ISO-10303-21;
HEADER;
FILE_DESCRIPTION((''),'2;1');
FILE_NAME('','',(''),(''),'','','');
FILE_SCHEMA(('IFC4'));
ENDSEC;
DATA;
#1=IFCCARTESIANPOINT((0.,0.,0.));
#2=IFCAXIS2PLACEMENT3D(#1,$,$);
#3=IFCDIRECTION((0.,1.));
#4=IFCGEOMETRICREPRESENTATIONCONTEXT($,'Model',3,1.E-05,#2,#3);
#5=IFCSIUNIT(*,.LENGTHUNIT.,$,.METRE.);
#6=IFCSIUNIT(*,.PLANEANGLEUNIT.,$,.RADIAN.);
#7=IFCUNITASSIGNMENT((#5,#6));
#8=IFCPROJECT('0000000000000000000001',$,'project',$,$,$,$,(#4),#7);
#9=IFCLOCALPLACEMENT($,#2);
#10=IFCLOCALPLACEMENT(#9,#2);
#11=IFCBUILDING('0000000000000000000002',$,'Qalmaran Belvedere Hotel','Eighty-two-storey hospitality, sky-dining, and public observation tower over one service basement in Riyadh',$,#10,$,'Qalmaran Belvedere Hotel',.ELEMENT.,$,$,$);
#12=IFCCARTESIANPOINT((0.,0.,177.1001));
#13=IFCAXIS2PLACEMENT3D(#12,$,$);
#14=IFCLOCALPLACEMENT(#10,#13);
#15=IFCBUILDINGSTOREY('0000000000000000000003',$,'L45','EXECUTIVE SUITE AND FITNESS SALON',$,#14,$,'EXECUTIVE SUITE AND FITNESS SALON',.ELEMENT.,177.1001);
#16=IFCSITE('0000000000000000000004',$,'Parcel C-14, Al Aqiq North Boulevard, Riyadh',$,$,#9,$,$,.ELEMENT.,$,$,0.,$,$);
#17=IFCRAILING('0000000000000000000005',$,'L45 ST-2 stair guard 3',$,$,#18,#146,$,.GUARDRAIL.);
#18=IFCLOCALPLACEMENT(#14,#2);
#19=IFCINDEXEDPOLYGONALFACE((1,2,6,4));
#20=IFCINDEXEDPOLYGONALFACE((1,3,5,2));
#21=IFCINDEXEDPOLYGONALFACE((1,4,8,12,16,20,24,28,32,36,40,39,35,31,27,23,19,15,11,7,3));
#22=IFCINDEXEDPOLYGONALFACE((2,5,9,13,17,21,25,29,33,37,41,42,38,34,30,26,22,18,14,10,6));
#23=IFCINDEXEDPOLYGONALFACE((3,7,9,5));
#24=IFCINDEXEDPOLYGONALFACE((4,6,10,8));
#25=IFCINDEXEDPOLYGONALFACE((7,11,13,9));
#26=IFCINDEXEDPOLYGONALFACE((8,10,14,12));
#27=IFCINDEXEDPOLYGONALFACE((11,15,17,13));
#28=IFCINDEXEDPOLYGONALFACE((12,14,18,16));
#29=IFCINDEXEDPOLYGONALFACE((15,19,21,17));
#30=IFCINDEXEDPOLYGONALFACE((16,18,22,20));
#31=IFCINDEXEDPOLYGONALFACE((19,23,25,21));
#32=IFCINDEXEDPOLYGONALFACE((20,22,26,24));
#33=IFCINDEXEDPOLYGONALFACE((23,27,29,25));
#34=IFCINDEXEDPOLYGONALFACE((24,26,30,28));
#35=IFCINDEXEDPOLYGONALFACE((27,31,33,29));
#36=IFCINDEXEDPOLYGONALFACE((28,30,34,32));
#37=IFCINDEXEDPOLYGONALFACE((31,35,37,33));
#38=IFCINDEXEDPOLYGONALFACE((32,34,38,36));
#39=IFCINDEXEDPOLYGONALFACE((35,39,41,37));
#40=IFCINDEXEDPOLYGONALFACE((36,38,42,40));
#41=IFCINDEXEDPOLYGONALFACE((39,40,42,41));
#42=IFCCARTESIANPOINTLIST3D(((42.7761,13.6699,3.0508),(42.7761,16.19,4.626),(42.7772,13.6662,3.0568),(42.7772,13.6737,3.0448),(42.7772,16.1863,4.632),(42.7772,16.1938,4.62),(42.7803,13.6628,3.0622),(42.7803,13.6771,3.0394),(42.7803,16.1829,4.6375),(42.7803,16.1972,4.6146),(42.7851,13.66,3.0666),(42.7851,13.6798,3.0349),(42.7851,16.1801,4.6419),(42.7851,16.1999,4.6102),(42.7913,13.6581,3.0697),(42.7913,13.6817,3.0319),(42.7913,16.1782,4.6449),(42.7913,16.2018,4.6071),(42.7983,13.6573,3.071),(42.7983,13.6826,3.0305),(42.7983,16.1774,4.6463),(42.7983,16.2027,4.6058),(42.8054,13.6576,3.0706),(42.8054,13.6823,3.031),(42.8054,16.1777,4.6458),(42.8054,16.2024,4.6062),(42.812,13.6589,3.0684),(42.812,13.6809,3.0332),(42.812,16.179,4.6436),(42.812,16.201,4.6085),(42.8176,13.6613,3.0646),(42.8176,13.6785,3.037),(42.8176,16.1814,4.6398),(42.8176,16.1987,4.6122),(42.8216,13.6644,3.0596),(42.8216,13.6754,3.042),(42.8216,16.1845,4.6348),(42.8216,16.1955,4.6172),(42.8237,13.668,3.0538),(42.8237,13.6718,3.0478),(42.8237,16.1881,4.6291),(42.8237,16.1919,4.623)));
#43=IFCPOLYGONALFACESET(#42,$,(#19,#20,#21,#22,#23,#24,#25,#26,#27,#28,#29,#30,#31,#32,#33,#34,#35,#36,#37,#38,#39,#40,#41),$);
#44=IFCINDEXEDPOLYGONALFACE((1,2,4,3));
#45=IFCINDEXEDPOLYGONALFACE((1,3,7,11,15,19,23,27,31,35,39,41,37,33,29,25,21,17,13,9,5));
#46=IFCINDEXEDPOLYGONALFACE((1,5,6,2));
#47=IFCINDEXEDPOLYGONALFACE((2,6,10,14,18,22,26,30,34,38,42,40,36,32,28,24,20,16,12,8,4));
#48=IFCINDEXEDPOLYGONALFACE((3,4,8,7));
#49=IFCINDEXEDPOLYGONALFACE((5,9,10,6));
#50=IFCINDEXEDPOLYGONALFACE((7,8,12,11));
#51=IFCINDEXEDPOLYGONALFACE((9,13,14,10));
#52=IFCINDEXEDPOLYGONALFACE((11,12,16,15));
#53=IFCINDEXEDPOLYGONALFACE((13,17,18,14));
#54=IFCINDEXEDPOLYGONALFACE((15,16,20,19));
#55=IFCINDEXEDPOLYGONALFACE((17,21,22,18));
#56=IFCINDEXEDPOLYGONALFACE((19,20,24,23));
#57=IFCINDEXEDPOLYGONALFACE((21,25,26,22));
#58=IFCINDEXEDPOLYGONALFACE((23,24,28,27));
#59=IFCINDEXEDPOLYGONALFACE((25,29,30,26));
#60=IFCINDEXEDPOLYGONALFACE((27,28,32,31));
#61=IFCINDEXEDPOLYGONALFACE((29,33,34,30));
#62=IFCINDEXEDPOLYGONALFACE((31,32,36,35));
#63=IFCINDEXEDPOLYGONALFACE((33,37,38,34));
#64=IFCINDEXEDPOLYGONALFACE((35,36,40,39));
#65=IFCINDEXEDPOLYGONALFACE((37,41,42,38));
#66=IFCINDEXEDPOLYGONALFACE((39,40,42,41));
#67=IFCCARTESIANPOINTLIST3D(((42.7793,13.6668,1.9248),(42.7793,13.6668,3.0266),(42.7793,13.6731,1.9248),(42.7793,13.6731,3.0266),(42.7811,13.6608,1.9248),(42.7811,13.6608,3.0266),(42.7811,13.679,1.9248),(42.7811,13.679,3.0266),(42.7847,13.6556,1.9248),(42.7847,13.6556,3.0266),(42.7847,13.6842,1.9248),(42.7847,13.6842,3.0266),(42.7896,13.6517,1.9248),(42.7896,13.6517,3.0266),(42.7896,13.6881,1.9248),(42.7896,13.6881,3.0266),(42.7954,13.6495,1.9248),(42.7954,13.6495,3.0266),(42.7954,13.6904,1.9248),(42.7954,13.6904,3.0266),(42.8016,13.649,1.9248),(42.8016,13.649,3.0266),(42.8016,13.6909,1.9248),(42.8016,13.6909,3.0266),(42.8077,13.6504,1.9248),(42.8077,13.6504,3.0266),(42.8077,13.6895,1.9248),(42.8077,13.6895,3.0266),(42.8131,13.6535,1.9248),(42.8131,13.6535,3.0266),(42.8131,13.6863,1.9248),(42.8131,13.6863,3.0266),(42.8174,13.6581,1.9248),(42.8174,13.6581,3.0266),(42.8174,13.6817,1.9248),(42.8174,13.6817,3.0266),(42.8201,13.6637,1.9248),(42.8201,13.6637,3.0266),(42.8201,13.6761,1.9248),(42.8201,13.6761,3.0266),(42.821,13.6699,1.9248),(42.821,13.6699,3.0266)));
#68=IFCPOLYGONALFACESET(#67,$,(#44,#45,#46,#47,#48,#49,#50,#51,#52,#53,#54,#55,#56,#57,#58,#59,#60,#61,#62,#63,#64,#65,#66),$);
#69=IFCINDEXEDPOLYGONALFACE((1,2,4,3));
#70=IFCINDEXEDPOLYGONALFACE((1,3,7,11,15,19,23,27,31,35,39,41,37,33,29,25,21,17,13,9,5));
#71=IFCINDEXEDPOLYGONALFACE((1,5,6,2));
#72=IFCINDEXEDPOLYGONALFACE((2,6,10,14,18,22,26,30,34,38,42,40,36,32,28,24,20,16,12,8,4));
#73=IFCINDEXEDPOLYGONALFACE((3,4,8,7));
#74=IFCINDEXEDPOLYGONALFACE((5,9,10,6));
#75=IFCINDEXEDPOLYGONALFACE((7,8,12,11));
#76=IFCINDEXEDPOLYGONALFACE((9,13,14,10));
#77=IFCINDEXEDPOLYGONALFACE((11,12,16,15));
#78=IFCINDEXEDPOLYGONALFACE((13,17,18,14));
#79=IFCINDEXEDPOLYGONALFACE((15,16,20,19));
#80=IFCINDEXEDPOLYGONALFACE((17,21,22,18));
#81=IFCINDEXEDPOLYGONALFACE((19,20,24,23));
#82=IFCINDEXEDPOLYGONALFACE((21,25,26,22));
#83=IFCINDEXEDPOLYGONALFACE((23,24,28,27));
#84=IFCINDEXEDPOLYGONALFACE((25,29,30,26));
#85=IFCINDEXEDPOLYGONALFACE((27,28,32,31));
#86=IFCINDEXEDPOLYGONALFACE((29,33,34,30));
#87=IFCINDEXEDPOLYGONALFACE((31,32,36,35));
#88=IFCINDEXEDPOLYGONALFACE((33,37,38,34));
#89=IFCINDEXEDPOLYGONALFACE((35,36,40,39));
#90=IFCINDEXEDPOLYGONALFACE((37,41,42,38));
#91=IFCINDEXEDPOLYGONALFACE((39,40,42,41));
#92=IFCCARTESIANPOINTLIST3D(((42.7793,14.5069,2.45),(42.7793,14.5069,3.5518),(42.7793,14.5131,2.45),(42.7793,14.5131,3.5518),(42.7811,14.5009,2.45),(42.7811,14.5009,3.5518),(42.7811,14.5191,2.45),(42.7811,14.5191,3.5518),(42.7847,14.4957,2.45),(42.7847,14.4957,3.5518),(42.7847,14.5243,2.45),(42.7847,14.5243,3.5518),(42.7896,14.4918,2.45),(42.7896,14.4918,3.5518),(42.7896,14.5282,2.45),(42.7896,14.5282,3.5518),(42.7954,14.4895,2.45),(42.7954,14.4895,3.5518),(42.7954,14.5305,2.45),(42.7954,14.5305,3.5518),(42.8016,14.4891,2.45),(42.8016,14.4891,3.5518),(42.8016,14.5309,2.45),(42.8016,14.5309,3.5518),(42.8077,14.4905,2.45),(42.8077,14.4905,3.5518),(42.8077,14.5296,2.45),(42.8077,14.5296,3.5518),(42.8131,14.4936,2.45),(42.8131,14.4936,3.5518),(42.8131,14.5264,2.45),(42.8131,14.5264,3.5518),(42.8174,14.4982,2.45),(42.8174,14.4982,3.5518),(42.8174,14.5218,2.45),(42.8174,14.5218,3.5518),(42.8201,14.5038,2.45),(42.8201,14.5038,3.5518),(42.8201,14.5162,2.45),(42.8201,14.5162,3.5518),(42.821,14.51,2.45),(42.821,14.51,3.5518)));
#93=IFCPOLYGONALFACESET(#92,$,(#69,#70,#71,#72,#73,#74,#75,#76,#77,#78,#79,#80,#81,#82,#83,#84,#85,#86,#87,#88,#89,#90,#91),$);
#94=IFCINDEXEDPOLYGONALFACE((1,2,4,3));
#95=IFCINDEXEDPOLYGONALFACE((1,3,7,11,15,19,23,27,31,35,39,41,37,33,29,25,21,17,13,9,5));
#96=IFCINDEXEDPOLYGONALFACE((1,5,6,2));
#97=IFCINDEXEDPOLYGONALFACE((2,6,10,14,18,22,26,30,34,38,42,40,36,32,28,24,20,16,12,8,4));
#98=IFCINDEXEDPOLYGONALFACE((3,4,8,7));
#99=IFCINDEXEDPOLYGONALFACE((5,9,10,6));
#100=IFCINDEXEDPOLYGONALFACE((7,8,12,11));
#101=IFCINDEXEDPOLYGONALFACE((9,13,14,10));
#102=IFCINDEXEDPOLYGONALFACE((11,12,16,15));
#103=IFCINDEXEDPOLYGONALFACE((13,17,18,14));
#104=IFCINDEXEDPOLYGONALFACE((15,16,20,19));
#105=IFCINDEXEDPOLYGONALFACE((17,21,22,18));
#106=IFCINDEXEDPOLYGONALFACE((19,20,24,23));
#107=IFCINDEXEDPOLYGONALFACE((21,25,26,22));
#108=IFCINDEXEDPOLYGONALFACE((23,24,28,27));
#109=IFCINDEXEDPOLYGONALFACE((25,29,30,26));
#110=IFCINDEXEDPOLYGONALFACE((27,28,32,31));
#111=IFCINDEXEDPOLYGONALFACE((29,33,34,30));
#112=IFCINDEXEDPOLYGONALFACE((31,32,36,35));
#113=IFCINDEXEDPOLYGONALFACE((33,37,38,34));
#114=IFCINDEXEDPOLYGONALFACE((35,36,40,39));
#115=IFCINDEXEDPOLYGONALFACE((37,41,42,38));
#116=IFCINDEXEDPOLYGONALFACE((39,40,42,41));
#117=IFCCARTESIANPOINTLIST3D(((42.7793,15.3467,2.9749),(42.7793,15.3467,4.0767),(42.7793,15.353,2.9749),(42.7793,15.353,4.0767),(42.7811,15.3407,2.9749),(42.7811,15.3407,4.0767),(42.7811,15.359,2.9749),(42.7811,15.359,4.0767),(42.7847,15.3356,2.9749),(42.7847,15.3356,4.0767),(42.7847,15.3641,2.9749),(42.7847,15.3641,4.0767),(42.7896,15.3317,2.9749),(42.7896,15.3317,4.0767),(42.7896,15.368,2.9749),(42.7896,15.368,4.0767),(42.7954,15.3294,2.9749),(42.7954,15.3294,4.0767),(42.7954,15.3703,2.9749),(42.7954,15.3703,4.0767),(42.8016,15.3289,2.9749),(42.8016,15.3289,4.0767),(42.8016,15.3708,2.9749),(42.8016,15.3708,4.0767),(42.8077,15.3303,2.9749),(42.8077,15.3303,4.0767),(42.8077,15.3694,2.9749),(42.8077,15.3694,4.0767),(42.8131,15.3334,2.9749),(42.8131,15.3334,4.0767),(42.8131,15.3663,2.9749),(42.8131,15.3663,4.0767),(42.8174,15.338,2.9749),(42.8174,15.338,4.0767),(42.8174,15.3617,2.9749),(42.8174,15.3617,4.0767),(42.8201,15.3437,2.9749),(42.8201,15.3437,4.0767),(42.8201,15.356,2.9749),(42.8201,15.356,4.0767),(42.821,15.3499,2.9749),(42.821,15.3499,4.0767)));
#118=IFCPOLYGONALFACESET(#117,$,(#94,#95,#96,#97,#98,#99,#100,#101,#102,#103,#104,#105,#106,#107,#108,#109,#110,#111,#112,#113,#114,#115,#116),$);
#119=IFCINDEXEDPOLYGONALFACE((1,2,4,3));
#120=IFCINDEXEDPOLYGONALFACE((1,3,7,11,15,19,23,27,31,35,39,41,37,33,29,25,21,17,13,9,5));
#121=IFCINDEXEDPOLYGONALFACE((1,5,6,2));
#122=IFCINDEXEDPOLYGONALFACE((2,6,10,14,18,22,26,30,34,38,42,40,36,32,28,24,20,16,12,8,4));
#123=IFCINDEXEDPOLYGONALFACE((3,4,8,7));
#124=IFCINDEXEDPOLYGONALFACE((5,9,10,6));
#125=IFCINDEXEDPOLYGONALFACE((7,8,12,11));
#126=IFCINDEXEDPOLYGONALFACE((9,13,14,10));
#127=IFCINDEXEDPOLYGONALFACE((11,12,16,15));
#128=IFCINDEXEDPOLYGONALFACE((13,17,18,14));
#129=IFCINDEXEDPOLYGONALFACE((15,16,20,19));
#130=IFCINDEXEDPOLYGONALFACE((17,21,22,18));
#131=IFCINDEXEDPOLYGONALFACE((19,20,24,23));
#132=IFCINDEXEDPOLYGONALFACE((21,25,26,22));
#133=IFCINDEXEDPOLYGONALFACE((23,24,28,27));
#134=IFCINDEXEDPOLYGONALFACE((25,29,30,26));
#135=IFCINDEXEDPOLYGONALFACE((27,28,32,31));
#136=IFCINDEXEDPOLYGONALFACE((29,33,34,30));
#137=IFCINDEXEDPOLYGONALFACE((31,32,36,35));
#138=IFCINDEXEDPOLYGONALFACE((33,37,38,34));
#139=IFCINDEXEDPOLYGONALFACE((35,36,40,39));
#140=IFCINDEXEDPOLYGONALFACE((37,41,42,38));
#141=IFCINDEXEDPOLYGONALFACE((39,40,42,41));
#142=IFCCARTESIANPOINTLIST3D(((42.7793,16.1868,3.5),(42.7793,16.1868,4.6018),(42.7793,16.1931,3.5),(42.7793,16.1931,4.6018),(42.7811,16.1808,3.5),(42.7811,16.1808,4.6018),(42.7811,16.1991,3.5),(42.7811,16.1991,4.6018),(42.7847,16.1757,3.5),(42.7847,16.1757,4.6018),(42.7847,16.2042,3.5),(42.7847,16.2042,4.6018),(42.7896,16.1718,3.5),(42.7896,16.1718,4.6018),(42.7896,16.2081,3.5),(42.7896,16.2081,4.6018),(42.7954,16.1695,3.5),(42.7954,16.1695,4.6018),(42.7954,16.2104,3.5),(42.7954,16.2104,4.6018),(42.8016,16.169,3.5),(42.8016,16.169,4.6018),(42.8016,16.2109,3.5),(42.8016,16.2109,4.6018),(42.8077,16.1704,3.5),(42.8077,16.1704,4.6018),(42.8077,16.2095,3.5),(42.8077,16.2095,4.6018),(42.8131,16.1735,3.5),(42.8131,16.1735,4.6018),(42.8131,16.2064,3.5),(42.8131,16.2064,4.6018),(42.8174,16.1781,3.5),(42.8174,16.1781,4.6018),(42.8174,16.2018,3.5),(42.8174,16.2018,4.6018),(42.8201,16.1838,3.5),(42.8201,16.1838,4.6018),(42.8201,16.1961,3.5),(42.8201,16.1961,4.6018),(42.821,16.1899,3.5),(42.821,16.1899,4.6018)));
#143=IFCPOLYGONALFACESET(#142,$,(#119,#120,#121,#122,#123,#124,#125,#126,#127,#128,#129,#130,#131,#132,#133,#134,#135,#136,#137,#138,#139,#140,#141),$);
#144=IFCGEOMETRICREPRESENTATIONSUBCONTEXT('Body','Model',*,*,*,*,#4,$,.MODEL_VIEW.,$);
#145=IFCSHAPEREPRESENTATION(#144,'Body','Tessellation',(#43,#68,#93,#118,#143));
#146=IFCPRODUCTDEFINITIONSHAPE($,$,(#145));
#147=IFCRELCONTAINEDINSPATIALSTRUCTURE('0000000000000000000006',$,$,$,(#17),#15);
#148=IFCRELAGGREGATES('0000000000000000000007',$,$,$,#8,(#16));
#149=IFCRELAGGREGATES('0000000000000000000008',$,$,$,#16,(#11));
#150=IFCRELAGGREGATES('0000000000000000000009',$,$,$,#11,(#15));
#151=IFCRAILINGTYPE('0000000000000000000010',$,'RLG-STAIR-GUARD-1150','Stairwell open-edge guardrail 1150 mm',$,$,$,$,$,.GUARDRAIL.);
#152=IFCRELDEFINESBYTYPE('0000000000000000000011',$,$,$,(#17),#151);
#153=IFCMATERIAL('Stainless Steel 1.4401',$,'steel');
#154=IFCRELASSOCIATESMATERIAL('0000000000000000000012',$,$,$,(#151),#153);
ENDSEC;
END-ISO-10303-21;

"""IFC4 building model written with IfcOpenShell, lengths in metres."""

from ifc_helpers import new_model, si_unit, direction, frame, origin, origin_2d, place, context, subcontext, project, spatial, circle, extrude, material, type_object, element, save


model = new_model("IFC4")

# Units and contexts
model_context = context("Model", 3, precision=1e-05, world=origin(), true_north=direction((0.0, 1.0)))
body_context = subcontext(model_context, "Body", "Model", "MODEL_VIEW")
ifc_project = project(units=[si_unit("LENGTHUNIT", "METRE"), si_unit("PLANEANGLEUNIT", "RADIAN")], contexts=[model_context])

# Site, building, storey
site_placement = place(None, origin())
site = spatial("IfcSite", under=ifc_project, at=site_placement, Name="Parcel C-14, Al Aqiq North Boulevard, Riyadh", CompositionType="ELEMENT", RefElevation=0.0)
building_placement = place(site_placement, origin())
building = spatial("IfcBuilding", under=site, at=building_placement, Name="Qalmaran Belvedere Hotel", Description="Eighty-two-storey hospitality, sky-dining, and public observation tower over one service basement in Riyadh", LongName="Qalmaran Belvedere Hotel", CompositionType="ELEMENT")
storey_placement = place(building_placement, frame((0.0, 0.0, 177.1001)))
storey = spatial("IfcBuildingStorey", under=building, at=storey_placement, Name="L45", Description="EXECUTIVE SUITE AND FITNESS SALON", LongName="EXECUTIVE SUITE AND FITNESS SALON", CompositionType="ELEMENT", Elevation=177.1001)

# Railing
ifc_material_1 = material(Name="Stainless Steel 1.4401", Category="steel")
railing_type_1 = type_object("IfcRailingType", Name="RLG-STAIR-GUARD-1150", Description="Stairwell open-edge guardrail 1150 mm", PredefinedType="GUARDRAIL", material=ifc_material_1)
railing_1_placement = place(storey_placement, frame((42.8, 13.6699, 1.9248)))
element("IfcRailing", 1, at=railing_1_placement, inside=storey, type_object=railing_type_1, Name="L45 ST-2 stair guard 3", PredefinedType="GUARDRAIL", context=body_context, shape_type="SweptSolid", body=[
    extrude(circle(Radius=0.0239, at=origin_2d()), frame((0.0, 0.0, 1.126), z_axis=(0.0, 0.847971, 0.530043), x_axis=(-1.0, 0.0, 0.0)), (0.0, 0.0, 1.0), 2.9719),
    extrude(circle(Radius=0.021, at=origin_2d()), origin(), (0.0, 0.0, 1.0), 1.1018),
    extrude(circle(Radius=0.021, at=origin_2d()), frame((0.0, 0.8401, 0.5251)), (0.0, 0.0, 1.0), 1.1018),
    extrude(circle(Radius=0.021, at=origin_2d()), frame((0.0, 1.6799, 1.05)), (0.0, 0.0, 1.0), 1.1018),
    extrude(circle(Radius=0.021, at=origin_2d()), frame((0.0, 2.52, 1.5752)), (0.0, 0.0, 1.0), 1.1018),
])

save(model, "model.ifc")
